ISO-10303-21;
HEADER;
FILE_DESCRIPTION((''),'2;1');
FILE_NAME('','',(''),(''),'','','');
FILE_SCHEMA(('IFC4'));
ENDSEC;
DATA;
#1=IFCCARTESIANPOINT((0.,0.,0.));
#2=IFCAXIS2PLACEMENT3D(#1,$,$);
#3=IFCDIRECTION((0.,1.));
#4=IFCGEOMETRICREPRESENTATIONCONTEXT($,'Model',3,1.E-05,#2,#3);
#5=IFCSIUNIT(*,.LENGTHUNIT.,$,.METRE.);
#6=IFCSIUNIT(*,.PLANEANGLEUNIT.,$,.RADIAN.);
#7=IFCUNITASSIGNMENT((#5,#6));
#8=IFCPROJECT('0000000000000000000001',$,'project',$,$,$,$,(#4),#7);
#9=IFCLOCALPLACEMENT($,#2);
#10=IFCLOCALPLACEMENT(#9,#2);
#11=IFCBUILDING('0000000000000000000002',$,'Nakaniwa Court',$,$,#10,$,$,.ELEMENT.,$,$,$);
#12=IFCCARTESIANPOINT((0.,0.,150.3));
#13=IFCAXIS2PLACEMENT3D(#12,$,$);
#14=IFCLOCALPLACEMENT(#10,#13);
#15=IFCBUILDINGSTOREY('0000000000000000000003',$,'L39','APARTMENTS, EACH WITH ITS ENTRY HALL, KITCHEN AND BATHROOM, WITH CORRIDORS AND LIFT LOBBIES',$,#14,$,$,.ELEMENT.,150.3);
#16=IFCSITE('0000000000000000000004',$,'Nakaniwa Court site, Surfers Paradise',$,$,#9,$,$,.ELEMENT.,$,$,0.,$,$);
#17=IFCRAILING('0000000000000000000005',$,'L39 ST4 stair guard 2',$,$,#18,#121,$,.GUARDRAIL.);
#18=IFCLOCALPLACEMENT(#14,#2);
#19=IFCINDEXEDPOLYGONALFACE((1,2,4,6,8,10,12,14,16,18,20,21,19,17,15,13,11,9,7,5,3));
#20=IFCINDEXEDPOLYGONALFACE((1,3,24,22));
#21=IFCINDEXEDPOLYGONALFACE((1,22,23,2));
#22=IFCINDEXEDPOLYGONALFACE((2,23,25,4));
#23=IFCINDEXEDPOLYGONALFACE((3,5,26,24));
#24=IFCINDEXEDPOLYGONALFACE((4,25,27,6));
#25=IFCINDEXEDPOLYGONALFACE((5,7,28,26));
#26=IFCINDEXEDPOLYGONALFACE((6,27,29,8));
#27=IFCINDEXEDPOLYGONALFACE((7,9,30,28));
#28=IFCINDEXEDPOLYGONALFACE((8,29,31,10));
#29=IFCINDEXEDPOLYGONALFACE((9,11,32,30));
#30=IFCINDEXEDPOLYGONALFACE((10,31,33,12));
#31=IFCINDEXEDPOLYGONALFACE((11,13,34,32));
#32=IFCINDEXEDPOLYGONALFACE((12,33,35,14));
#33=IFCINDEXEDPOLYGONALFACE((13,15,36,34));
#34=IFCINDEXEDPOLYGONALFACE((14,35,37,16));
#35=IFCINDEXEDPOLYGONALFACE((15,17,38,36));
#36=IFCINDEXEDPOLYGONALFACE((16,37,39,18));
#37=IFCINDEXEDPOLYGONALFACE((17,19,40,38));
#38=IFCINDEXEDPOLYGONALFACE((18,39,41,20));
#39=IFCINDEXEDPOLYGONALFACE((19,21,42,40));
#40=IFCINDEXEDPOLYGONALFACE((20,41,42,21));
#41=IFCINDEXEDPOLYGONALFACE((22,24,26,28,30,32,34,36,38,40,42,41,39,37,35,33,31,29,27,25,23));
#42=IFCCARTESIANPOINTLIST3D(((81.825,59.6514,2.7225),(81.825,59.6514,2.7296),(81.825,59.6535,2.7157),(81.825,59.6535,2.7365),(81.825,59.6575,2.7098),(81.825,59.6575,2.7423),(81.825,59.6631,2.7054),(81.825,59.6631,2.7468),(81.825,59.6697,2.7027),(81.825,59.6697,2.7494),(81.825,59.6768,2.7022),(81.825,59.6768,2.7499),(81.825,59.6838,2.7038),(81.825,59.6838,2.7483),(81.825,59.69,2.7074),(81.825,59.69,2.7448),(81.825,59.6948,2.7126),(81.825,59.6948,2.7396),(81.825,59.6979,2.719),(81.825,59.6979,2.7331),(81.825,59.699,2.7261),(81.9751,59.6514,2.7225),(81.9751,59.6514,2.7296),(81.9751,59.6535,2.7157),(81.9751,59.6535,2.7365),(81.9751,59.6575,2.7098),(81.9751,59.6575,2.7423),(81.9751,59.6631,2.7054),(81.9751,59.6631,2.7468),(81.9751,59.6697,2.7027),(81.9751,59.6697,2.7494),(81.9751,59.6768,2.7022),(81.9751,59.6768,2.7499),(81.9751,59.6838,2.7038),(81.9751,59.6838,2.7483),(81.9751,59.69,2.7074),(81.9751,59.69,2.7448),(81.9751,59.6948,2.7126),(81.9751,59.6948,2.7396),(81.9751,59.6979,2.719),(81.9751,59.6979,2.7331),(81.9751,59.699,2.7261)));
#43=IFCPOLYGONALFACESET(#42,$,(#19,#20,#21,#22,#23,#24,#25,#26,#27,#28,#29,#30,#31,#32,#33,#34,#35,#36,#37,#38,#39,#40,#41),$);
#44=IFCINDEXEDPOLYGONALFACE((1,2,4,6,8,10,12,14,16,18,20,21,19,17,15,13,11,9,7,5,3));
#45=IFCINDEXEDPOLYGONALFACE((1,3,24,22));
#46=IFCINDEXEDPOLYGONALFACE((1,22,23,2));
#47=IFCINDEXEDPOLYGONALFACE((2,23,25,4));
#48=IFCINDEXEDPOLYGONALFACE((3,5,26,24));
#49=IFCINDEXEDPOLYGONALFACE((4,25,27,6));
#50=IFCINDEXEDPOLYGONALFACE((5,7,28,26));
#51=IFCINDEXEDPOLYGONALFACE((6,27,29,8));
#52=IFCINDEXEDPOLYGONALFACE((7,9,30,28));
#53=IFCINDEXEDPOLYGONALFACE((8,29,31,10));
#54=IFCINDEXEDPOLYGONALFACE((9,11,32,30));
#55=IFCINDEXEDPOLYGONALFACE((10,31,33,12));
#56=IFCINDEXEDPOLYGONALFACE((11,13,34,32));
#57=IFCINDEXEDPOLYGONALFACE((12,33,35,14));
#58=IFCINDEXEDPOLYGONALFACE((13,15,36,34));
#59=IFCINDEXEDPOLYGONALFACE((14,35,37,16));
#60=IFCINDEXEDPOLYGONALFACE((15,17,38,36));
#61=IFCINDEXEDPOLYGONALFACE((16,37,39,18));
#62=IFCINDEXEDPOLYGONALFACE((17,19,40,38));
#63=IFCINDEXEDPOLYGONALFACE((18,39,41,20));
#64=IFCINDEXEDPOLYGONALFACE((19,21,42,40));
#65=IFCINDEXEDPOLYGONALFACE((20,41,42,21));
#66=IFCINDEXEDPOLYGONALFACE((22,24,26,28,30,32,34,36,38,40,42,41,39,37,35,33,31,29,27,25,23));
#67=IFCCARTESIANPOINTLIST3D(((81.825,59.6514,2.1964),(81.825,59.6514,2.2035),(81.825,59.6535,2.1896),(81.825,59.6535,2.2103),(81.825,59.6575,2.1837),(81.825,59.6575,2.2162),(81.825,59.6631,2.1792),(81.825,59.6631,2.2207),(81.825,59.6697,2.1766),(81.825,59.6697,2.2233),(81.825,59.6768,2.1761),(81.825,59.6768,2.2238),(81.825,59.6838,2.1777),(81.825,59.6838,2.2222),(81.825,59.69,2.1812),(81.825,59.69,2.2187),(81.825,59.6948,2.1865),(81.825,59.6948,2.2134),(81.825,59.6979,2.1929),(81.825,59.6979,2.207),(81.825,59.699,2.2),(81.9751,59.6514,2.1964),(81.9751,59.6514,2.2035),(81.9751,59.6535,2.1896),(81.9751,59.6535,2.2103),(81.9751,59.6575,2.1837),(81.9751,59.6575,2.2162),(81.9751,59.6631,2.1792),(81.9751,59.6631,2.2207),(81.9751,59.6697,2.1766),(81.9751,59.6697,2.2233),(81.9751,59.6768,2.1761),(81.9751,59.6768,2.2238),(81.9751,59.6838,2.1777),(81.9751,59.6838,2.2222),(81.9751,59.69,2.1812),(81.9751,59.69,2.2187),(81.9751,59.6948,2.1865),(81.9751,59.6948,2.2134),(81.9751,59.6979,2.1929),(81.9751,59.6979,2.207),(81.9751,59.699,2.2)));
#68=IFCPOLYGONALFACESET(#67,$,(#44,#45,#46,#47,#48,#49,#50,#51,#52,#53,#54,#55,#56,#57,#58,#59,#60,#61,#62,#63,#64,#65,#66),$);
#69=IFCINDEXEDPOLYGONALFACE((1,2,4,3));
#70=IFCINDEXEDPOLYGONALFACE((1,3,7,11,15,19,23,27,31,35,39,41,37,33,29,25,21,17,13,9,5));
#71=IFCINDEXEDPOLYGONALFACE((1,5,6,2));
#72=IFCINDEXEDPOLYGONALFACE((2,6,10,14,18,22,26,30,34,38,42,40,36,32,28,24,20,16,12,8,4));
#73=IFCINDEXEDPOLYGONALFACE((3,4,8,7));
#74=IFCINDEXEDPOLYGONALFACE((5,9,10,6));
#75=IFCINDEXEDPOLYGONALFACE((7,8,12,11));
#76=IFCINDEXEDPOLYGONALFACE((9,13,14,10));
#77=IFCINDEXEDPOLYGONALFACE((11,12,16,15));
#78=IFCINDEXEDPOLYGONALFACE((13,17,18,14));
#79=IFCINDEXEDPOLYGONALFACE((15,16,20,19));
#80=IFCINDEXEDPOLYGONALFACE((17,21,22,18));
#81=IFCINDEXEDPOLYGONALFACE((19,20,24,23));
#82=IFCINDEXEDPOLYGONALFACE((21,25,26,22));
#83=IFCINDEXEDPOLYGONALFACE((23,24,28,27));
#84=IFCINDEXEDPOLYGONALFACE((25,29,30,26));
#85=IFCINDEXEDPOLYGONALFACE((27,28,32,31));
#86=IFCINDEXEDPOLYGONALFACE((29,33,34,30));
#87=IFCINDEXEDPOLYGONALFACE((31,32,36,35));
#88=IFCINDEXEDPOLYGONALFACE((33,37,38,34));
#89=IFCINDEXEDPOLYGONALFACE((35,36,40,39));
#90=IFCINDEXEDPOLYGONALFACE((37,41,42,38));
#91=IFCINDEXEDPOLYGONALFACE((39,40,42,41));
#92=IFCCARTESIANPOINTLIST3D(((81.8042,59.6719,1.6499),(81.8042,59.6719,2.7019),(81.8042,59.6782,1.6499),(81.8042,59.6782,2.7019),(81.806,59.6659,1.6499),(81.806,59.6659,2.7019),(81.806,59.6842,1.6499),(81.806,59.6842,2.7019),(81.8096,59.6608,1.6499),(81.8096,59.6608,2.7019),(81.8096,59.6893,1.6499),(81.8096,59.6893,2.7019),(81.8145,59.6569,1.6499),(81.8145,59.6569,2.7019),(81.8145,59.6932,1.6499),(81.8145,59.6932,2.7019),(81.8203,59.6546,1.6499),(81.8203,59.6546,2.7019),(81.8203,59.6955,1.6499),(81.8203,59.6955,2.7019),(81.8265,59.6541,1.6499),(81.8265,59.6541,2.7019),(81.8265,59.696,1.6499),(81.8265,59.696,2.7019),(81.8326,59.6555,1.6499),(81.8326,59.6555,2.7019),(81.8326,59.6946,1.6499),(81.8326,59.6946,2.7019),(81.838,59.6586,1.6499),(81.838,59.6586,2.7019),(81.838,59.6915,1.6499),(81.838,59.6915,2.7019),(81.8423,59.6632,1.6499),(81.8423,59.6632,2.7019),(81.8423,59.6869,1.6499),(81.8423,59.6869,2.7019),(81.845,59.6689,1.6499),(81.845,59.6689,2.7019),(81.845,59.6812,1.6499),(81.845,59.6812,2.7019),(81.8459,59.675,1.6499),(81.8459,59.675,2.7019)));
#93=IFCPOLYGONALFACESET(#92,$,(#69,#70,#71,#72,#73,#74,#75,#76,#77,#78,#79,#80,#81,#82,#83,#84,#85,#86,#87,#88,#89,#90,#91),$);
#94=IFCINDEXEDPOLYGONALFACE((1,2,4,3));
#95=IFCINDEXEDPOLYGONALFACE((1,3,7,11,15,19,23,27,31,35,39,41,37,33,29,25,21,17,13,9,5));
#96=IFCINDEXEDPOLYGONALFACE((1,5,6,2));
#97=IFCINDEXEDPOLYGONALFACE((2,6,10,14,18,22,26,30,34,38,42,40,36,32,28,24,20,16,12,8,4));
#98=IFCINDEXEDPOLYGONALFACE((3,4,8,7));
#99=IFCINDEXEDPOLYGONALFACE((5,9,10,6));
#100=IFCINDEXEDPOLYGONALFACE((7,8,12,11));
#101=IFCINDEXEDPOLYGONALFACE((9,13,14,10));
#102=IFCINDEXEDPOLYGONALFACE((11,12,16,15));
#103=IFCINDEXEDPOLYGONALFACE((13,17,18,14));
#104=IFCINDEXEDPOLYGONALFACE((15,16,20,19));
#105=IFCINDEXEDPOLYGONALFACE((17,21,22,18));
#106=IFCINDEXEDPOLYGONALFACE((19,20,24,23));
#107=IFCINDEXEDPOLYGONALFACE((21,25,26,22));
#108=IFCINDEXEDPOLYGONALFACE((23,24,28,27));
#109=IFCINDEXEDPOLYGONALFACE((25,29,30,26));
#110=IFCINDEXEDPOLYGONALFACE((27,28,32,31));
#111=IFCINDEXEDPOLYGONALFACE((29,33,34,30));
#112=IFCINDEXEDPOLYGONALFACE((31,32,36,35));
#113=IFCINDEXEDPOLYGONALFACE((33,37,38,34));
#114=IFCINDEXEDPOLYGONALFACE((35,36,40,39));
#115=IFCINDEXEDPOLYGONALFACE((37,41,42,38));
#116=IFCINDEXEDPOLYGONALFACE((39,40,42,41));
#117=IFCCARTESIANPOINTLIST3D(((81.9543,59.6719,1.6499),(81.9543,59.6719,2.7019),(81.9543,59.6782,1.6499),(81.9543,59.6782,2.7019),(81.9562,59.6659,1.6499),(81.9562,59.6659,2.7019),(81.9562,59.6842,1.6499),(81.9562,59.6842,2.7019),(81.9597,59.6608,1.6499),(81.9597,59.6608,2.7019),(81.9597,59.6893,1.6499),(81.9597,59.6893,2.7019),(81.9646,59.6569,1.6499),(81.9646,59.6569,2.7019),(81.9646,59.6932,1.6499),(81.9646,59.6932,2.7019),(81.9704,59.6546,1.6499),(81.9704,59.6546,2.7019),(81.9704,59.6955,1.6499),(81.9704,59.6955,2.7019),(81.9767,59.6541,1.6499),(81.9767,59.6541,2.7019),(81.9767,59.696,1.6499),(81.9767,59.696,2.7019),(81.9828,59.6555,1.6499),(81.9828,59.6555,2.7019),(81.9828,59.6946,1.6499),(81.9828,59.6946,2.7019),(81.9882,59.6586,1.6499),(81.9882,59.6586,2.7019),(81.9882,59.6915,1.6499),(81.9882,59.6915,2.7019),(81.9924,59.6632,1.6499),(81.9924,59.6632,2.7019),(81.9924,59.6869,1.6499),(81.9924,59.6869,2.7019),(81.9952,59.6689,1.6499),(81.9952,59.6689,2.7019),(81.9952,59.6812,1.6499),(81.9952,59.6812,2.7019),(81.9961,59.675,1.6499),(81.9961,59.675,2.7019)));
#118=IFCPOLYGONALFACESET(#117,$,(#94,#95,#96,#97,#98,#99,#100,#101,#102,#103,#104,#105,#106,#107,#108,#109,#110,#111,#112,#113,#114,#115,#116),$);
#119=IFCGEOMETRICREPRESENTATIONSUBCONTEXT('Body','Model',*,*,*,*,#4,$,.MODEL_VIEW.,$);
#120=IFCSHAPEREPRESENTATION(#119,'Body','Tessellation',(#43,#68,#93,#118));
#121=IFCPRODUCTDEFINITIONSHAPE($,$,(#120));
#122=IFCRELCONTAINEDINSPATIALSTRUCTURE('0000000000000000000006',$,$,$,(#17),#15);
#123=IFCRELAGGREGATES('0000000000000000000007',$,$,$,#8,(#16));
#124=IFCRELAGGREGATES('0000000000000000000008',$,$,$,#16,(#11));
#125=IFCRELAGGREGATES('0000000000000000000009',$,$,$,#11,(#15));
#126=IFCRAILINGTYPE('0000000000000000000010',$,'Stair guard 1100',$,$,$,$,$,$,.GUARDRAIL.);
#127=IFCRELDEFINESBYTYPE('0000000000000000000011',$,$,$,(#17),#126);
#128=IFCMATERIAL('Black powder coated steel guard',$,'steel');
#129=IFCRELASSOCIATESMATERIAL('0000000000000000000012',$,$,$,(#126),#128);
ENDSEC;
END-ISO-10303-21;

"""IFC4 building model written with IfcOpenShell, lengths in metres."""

from ifc_helpers import new_model, si_unit, direction, frame, origin, origin_2d, place, context, subcontext, project, spatial, circle, extrude, material, type_object, element, save


model = new_model("IFC4")

# Units and contexts
model_context = context("Model", 3, precision=1e-05, world=origin(), true_north=direction((0.0, 1.0)))
body_context = subcontext(model_context, "Body", "Model", "MODEL_VIEW")
ifc_project = project(units=[si_unit("LENGTHUNIT", "METRE"), si_unit("PLANEANGLEUNIT", "RADIAN")], contexts=[model_context])

# Site, building, storey
site_placement = place(None, origin())
site = spatial("IfcSite", under=ifc_project, at=site_placement, Name="Nakaniwa Court site, Surfers Paradise", CompositionType="ELEMENT", RefElevation=0.0)
building_placement = place(site_placement, origin())
building = spatial("IfcBuilding", under=site, at=building_placement, Name="Nakaniwa Court", CompositionType="ELEMENT")
storey_placement = place(building_placement, frame((0.0, 0.0, 150.3)))
storey = spatial("IfcBuildingStorey", under=building, at=storey_placement, Name="L39", Description="APARTMENTS, EACH WITH ITS ENTRY HALL, KITCHEN AND BATHROOM, WITH CORRIDORS AND LIFT LOBBIES", CompositionType="ELEMENT", Elevation=150.3)

# Railing
ifc_material_1 = material(Name="Black powder coated steel guard", Category="steel")
railing_type_1 = type_object("IfcRailingType", Name="Stair guard 1100", PredefinedType="GUARDRAIL", material=ifc_material_1)
railing_1_placement = place(storey_placement, frame((81.825, 59.675, 1.6499)))
element("IfcRailing", 1, at=railing_1_placement, inside=storey, type_object=railing_type_1, Name="L39 ST4 stair guard 2", PredefinedType="GUARDRAIL", context=body_context, shape_type="SweptSolid", body=[
    extrude(circle(Radius=0.0239, at=origin_2d()), frame((0.0, 0.0, 1.0762), z_axis=(1.0, 0.0, 0.0), x_axis=(0.0, 1.0, 0.0)), (0.0, 0.0, 1.0), 0.1501),
    extrude(circle(Radius=0.0239, at=origin_2d()), frame((0.0, 0.0, 0.55), z_axis=(1.0, 0.0, 0.0), x_axis=(0.0, 1.0, 0.0)), (0.0, 0.0, 1.0), 0.1501),
    extrude(circle(Radius=0.021, at=origin_2d()), origin(), (0.0, 0.0, 1.0), 1.052),
    extrude(circle(Radius=0.021, at=origin_2d()), frame((0.1501, 0.0, 0.0)), (0.0, 0.0, 1.0), 1.052),
])

save(model, "model.ifc")
